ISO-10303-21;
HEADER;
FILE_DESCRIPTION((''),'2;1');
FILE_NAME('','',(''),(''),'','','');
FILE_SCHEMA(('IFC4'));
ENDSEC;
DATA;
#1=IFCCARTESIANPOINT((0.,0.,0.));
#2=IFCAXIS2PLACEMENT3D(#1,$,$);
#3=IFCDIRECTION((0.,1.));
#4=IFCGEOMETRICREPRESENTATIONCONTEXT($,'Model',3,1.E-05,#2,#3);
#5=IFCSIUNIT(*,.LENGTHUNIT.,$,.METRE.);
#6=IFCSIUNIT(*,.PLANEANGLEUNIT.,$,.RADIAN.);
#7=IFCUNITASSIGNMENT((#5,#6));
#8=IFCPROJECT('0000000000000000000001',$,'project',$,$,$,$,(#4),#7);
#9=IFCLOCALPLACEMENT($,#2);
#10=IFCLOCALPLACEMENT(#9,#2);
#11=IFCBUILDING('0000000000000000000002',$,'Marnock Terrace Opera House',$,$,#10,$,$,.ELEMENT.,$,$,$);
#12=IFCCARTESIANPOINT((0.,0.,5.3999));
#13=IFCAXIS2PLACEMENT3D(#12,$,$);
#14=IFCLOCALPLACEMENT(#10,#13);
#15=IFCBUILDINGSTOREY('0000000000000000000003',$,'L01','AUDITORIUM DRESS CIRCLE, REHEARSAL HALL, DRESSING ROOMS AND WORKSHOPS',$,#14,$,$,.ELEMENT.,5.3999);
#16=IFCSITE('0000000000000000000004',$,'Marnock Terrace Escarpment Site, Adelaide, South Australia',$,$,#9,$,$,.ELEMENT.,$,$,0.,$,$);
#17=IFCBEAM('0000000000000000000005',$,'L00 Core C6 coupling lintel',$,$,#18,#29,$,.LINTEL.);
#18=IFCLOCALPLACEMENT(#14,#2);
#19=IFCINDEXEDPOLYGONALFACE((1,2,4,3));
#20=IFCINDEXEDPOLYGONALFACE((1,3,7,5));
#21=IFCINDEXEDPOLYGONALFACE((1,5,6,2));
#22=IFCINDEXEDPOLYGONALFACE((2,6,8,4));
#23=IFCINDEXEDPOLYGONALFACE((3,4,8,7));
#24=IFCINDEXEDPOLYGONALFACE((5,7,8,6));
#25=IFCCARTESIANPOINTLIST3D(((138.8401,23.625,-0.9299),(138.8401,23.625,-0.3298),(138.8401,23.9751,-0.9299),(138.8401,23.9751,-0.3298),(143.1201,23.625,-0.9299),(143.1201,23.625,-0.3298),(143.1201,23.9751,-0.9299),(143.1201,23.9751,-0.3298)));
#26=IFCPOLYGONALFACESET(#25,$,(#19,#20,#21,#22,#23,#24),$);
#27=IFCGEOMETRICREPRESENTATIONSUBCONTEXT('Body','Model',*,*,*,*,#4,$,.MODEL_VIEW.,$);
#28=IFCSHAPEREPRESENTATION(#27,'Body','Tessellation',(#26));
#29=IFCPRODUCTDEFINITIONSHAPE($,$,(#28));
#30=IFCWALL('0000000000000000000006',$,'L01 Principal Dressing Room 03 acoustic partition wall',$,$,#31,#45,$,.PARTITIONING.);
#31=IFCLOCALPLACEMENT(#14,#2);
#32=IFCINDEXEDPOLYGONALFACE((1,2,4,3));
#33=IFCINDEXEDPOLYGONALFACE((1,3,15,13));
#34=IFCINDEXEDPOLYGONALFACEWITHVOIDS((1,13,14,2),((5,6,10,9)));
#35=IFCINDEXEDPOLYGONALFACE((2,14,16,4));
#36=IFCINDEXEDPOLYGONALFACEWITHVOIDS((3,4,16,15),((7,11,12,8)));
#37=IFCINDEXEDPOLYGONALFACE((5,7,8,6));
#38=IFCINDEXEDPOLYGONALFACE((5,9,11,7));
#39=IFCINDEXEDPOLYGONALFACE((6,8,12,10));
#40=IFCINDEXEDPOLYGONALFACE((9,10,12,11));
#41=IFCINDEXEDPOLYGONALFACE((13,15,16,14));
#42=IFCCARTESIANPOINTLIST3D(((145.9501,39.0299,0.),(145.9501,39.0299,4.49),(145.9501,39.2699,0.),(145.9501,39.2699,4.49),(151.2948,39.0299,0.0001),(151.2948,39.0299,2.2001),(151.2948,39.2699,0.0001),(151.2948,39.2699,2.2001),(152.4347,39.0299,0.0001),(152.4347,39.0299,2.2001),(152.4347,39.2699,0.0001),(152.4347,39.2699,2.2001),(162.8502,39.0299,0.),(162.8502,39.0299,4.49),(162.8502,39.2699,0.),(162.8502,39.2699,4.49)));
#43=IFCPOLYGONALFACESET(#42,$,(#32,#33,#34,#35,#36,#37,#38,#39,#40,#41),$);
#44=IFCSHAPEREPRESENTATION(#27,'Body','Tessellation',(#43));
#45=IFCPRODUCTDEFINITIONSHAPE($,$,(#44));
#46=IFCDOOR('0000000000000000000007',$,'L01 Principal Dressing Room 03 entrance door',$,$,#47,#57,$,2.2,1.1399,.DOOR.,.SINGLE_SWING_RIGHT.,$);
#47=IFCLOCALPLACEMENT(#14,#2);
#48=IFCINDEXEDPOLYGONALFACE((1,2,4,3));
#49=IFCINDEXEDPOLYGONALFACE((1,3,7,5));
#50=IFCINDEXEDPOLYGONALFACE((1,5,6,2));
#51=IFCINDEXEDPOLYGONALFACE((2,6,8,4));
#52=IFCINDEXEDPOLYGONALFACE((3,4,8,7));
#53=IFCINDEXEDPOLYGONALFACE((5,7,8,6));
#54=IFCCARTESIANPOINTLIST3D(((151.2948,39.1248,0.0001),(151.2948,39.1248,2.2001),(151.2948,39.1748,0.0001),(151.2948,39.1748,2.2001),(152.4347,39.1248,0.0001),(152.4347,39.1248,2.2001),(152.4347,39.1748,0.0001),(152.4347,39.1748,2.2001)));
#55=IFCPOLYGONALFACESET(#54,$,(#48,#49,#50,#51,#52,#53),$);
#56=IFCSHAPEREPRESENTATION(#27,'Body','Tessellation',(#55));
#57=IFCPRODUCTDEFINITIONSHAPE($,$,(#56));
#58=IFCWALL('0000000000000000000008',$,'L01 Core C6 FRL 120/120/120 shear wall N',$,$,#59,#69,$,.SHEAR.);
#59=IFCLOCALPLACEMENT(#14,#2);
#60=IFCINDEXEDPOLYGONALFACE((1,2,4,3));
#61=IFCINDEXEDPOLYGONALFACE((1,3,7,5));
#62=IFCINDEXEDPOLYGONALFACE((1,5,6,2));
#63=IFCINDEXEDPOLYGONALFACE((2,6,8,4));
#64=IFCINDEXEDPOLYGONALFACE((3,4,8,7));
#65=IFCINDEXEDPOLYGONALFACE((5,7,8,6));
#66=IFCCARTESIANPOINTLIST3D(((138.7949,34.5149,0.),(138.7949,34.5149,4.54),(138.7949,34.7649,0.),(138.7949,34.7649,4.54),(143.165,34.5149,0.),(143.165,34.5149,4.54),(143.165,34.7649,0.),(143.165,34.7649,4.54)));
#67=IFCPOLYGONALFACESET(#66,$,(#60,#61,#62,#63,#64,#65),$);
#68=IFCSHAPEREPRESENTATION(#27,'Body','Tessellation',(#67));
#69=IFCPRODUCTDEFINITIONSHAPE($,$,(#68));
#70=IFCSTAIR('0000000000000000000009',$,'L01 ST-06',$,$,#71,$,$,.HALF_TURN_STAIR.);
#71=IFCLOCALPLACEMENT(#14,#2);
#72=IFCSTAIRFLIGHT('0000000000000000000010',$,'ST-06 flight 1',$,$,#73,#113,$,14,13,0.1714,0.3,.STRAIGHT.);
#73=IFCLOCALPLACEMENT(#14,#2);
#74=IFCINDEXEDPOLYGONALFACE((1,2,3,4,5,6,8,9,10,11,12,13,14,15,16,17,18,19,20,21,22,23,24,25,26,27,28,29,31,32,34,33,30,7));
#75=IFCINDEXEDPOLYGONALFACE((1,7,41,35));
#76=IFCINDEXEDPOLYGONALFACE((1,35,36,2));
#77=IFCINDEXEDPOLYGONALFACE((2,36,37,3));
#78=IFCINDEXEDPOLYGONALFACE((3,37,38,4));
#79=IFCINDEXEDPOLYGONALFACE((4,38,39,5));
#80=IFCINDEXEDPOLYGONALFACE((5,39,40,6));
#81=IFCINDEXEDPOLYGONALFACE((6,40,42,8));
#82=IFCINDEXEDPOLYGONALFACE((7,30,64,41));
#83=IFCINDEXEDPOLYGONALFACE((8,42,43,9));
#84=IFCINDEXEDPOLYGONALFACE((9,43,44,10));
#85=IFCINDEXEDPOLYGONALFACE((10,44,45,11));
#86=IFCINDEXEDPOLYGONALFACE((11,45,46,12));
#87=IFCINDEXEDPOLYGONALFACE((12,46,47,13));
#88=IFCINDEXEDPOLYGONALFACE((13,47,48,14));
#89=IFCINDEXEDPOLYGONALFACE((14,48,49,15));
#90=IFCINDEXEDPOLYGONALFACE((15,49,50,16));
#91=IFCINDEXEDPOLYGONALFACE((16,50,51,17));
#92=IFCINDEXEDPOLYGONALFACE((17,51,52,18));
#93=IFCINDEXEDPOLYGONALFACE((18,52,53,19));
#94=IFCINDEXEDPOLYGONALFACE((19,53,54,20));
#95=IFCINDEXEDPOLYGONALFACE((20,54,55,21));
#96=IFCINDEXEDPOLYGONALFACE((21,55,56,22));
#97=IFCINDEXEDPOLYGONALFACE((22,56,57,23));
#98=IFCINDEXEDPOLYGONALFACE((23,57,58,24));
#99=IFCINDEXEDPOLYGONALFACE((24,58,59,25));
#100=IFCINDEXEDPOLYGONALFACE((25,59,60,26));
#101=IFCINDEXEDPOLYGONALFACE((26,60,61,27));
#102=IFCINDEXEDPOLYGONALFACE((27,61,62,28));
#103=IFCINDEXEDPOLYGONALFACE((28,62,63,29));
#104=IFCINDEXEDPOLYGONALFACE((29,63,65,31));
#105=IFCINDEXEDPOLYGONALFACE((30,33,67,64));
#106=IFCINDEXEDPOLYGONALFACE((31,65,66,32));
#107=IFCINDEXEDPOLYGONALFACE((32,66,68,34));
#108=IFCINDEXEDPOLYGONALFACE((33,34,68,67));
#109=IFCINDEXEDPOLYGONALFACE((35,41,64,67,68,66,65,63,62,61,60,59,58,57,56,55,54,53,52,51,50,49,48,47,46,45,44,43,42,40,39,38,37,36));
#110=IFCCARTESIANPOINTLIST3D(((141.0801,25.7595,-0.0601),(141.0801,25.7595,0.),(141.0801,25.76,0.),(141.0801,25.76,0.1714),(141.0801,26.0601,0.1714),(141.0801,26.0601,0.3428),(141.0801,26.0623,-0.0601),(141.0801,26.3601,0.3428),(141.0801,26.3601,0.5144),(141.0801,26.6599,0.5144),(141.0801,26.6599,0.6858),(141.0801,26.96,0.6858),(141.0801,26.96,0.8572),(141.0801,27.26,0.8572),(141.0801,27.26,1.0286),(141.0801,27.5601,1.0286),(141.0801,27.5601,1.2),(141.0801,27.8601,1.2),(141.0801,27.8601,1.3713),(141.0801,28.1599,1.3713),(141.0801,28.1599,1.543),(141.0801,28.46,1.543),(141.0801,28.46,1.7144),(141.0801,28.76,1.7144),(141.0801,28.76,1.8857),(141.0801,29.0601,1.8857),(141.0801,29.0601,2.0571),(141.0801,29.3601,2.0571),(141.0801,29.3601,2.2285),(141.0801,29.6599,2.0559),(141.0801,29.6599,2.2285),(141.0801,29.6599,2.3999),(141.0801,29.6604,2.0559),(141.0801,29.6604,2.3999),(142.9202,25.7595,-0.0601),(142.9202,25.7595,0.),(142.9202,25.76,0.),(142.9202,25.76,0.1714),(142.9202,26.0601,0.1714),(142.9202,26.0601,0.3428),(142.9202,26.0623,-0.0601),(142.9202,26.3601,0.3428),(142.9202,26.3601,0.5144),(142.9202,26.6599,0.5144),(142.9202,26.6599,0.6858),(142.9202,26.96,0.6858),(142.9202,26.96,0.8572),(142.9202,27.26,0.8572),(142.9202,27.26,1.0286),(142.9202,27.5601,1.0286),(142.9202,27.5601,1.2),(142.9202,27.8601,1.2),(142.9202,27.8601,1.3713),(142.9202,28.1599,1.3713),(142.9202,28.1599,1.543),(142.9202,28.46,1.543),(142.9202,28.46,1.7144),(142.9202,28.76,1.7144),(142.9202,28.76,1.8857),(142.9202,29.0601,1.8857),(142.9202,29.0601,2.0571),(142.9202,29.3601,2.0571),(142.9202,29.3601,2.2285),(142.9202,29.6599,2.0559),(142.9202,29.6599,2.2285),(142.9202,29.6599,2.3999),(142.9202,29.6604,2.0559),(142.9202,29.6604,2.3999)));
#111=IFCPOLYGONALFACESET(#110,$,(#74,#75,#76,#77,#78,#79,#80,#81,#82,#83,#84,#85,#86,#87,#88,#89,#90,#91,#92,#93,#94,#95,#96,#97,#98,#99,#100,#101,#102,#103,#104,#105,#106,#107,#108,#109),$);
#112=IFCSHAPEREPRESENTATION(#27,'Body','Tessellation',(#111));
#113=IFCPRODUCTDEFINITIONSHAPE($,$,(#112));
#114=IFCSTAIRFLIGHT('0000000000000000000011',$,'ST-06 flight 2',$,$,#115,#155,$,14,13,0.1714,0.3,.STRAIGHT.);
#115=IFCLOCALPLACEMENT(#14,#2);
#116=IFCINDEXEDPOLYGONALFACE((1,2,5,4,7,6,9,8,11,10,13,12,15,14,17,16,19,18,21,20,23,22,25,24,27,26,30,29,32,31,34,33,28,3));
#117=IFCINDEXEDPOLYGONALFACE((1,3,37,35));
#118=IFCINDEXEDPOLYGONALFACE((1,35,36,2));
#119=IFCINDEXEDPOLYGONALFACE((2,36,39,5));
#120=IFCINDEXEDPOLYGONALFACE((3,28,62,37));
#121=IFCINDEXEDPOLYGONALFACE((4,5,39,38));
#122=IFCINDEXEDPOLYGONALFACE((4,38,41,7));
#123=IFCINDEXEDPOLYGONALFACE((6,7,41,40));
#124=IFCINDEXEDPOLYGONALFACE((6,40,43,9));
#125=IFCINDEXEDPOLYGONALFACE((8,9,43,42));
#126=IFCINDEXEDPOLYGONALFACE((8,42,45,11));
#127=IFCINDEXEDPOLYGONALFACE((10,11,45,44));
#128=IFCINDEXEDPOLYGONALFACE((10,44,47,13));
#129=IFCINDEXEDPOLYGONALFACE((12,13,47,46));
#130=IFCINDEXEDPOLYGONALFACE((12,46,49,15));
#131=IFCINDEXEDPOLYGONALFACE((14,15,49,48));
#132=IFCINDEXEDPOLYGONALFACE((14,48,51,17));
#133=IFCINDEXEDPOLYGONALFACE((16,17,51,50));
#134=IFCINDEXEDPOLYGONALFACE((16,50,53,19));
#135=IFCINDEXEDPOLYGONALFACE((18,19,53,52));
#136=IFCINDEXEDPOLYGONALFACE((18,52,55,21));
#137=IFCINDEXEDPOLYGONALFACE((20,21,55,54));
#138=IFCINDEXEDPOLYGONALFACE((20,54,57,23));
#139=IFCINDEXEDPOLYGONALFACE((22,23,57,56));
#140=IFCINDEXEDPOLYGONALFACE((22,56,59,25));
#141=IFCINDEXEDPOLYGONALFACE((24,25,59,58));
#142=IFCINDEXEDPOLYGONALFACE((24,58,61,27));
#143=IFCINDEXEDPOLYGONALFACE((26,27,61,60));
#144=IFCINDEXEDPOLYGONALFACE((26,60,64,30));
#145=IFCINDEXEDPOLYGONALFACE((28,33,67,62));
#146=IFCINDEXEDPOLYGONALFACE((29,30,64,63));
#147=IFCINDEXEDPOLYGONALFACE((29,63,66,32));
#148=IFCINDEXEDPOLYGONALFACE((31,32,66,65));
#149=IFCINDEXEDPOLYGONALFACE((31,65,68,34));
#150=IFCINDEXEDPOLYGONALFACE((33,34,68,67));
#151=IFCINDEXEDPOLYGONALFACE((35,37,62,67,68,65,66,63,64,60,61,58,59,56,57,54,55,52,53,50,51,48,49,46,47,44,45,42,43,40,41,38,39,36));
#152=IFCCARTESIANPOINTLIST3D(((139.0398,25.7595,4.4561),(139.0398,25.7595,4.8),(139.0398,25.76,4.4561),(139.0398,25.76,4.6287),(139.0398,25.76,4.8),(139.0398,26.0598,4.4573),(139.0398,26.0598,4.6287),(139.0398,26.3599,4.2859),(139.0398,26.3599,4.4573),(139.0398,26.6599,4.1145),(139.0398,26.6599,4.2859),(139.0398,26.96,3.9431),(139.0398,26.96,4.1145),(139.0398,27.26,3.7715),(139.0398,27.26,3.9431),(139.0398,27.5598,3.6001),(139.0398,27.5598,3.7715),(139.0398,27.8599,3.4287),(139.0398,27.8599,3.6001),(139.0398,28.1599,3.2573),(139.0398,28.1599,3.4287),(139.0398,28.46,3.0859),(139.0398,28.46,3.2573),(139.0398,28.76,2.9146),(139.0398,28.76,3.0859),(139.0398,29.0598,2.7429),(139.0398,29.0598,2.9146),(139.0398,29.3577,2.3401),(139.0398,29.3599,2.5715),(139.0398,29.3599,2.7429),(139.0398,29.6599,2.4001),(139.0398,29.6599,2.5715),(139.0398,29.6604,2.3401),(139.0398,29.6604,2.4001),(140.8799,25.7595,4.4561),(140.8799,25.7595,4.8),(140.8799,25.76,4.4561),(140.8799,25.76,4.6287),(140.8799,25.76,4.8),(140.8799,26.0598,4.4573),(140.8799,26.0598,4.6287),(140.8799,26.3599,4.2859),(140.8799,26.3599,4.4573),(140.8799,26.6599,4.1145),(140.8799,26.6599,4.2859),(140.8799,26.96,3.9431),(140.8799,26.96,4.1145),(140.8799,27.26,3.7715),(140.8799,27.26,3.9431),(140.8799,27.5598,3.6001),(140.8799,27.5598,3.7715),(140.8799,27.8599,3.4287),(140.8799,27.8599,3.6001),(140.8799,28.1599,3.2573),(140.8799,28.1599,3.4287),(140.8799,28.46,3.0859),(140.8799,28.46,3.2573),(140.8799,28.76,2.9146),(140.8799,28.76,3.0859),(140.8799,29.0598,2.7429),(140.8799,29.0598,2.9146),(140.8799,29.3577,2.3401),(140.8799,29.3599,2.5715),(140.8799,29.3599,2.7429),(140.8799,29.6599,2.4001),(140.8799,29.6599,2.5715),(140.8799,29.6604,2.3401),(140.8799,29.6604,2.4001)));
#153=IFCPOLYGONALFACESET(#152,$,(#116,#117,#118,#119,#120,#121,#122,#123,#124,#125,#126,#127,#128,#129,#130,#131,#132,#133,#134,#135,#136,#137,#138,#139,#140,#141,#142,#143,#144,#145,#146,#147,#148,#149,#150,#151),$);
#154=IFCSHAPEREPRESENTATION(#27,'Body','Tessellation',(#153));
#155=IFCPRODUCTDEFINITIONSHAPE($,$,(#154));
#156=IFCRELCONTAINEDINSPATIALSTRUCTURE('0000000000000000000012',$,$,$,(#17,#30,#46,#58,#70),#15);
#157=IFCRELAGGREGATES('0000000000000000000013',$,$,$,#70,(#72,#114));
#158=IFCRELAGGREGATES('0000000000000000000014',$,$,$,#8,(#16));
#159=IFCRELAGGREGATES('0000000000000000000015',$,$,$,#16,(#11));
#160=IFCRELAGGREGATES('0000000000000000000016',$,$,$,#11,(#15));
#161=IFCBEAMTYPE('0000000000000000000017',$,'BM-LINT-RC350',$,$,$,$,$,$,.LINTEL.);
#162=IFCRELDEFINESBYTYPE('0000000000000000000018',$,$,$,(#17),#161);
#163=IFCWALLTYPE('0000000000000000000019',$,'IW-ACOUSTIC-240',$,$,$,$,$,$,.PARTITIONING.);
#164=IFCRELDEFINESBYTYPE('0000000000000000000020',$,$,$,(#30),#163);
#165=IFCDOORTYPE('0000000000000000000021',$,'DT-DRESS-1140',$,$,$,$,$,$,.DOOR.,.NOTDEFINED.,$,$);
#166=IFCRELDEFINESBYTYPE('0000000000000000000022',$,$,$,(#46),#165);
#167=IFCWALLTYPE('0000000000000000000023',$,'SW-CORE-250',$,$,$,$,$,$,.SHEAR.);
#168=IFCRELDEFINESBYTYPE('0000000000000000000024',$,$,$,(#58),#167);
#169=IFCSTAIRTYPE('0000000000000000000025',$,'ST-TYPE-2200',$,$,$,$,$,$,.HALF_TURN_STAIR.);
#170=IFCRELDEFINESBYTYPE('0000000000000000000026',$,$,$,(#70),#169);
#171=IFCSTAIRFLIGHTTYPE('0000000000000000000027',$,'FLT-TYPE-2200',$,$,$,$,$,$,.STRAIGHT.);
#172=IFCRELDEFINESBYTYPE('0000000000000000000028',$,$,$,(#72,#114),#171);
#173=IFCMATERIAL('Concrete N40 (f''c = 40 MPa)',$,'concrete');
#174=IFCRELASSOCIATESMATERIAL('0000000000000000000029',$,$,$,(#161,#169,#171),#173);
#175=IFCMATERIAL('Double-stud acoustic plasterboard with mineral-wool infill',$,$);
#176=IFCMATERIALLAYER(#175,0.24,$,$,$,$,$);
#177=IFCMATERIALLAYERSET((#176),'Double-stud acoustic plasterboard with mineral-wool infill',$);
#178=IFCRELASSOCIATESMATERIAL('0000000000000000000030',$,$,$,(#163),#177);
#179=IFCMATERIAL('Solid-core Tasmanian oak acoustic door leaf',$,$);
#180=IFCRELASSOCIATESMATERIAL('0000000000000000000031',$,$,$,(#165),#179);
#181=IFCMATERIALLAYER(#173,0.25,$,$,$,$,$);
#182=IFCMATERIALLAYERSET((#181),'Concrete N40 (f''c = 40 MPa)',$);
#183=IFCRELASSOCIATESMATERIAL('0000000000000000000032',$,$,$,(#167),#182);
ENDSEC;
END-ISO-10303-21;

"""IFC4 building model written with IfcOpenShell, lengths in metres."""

from ifc_helpers import new_model, si_unit, direction, frame, frame_2d, origin, origin_2d, place, context, subcontext, project, spatial, polyline, rectangle, outline, extrude, material, layer, layer_set, material_profile, profile_set, type_object, element, fill, aggregate, save


model = new_model("IFC4")

# Units and contexts
model_context = context("Model", 3, precision=1e-05, world=origin(), true_north=direction((0.0, 1.0)))
body_context = subcontext(model_context, "Body", "Model", "MODEL_VIEW")
ifc_project = project(units=[si_unit("LENGTHUNIT", "METRE"), si_unit("PLANEANGLEUNIT", "RADIAN")], contexts=[model_context])

# Site, building, storey
site_placement = place(None, origin())
site = spatial("IfcSite", under=ifc_project, at=site_placement, Name="Marnock Terrace Escarpment Site, Adelaide, South Australia", CompositionType="ELEMENT", RefElevation=0.0)
building_placement = place(site_placement, origin())
building = spatial("IfcBuilding", under=site, at=building_placement, Name="Marnock Terrace Opera House", CompositionType="ELEMENT")
storey_placement = place(building_placement, frame((0.0, 0.0, 5.3999)))
storey = spatial("IfcBuildingStorey", under=building, at=storey_placement, Name="L01", Description="AUDITORIUM DRESS CIRCLE, REHEARSAL HALL, DRESSING ROOMS AND WORKSHOPS", CompositionType="ELEMENT", Elevation=5.3999)

# Shared definitions
ifc_material_1 = material(Name="Concrete N40 (f'c = 40 MPa)", Category="concrete")

# Beam
ifc_material_profile_1 = material_profile(ifc_material_1, rectangle(XDim=0.3501, YDim=0.6001, at=origin_2d()))
ifc_profile_set_1 = profile_set([ifc_material_profile_1], Name="Concrete N40 (f'c = 40 MPa)")
beam_type_1 = type_object("IfcBeamType", Name="BM-LINT-RC350", PredefinedType="LINTEL", material=ifc_profile_set_1)
beam_1_placement = place(storey_placement, frame((138.8401, 23.8, -0.6299), z_axis=(1.0, 0.0, 0.0), x_axis=(0.0, 1.0, 0.0)))
element("IfcBeam", 1, at=beam_1_placement, inside=storey, type_object=beam_type_1, Name="L00 Core C6 coupling lintel", PredefinedType="LINTEL", context=body_context, shape_type="SweptSolid", body=[
    extrude(rectangle(XDim=0.3501, YDim=0.6001, at=origin_2d()), origin(), (0.0, 0.0, 1.0), 4.28),
])

# Wall, opening, door
ifc_material_2 = material(Name="Double-stud acoustic plasterboard with mineral-wool infill")
ifc_layer_1 = layer(ifc_material_2, 0.24)
ifc_layer_set_1 = layer_set([ifc_layer_1], Name="Double-stud acoustic plasterboard with mineral-wool infill")
wall_type_1 = type_object("IfcWallType", Name="IW-ACOUSTIC-240", PredefinedType="PARTITIONING", material=ifc_layer_set_1)
wall_1_placement = place(storey_placement, frame((145.95, 39.1499, 0.0), z_axis=(0.0, 0.0, 1.0), x_axis=(1.0, 0.0, 0.0)))
wall_1 = element("IfcWall", 2, at=wall_1_placement, inside=storey, type_object=wall_type_1, Name="L01 Principal Dressing Room 03 acoustic partition wall", PredefinedType="PARTITIONING", context=body_context, shape_type="SweptSolid", body=[
    extrude(rectangle(XDim=16.9001, YDim=0.24, at=frame_2d((8.4502, 0.0))), origin(), (0.0, 0.0, 1.0), 4.49),
])
opening_placement = place(wall_1_placement, frame((5.345, 0.0, 0.0)))
opening = element("IfcOpeningElement", 3, at=opening_placement, cuts=wall_1, PredefinedType="OPENING", context=body_context, shape_type="SweptSolid", body=[
    extrude(rectangle(XDim=1.1399, YDim=2.2, at=frame_2d((0.5698, 1.1001))), frame((0.0, 0.1299, 0.0), z_axis=(0.0, -1.0, 0.0), x_axis=(1.0, 0.0, 0.0)), (0.0, 0.0, 1.0), 0.26),
])
ifc_material_3 = material(Name="Solid-core Tasmanian oak acoustic door leaf")
door_type = type_object("IfcDoorType", Name="DT-DRESS-1140", OperationType="NOTDEFINED", PredefinedType="DOOR", material=ifc_material_3)
door_placement = place(opening_placement, origin())
door = element("IfcDoor", 4, at=door_placement, inside=storey, type_object=door_type, Name="L01 Principal Dressing Room 03 entrance door", OperationType="SINGLE_SWING_RIGHT", OverallHeight=2.2, OverallWidth=1.1399, PredefinedType="DOOR", context=body_context, shape_type="SweptSolid", body=[
    extrude(rectangle(XDim=1.1399, YDim=2.2, at=frame_2d((0.5698, 1.1001))), frame((0.0, 0.0249, 0.0), z_axis=(0.0, -1.0, 0.0), x_axis=(1.0, 0.0, 0.0)), (0.0, 0.0, 1.0), 0.05),
])
fill(opening, door)

# Wall
ifc_layer_2 = layer(ifc_material_1, 0.25)
ifc_layer_set_2 = layer_set([ifc_layer_2], Name="Concrete N40 (f'c = 40 MPa)")
wall_type_2 = type_object("IfcWallType", Name="SW-CORE-250", PredefinedType="SHEAR", material=ifc_layer_set_2)
wall_2_placement = place(storey_placement, frame((138.7949, 34.6399, 0.0), z_axis=(0.0, 0.0, 1.0), x_axis=(1.0, 0.0, 0.0)))
element("IfcWall", 5, at=wall_2_placement, inside=storey, type_object=wall_type_2, Name="L01 Core C6 FRL 120/120/120 shear wall N", PredefinedType="SHEAR", context=body_context, shape_type="SweptSolid", body=[
    extrude(rectangle(XDim=4.3701, YDim=0.25, at=frame_2d((2.1851, 0.0))), origin(), (0.0, 0.0, 1.0), 4.54),
])

# Stair, stair flights
stair_type = type_object("IfcStairType", Name="ST-TYPE-2200", PredefinedType="HALF_TURN_STAIR", material=ifc_material_1)
stair_placement = place(storey_placement, origin())
stair = element("IfcStair", 6, at=stair_placement, inside=storey, type_object=stair_type, Name="L01 ST-06", PredefinedType="HALF_TURN_STAIR")
stair_flight_type = type_object("IfcStairFlightType", Name="FLT-TYPE-2200", PredefinedType="STRAIGHT", material=ifc_material_1)
stair_flight_1_placement = place(storey_placement, frame((142.0, 25.76, 0.0), z_axis=(0.0, 0.0, 1.0), x_axis=(0.0, 1.0, 0.0)))
stair_flight_1 = element("IfcStairFlight", 7, at=stair_flight_1_placement, type_object=stair_flight_type, Name="ST-06 flight 1", NumberOfRisers=14, NumberOfTreads=13, PredefinedType="STRAIGHT", RiserHeight=0.1714, TreadLength=0.3, context=body_context, shape_type="SweptSolid", body=[
    extrude(outline(polyline([(-0.0005, -0.0601), (-0.0005, 0.0), (0.0, 0.0), (0.0, 0.1714), (0.3, 0.1714), (0.3, 0.3428), (0.6001, 0.3428), (0.6001, 0.5144), (0.8999, 0.5144), (0.8999, 0.6858), (1.2, 0.6858), (1.2, 0.8572), (1.5, 0.8572), (1.5, 1.0286), (1.8, 1.0286), (1.8, 1.2), (2.1001, 1.2), (2.1001, 1.3713), (2.3999, 1.3713), (2.3999, 1.543), (2.7, 1.543), (2.7, 1.7144), (3.0, 1.7144), (3.0, 1.8857), (3.3, 1.8857), (3.3, 2.0571), (3.6001, 2.0571), (3.6001, 2.2285), (3.8999, 2.2285), (3.8999, 2.3999), (3.9004, 2.3999), (3.9004, 2.0559), (3.8999, 2.0559), (0.3022, -0.0601), (-0.0005, -0.0601)])), frame((0.0, 0.9199, 0.0), z_axis=(0.0, -1.0, 0.0), x_axis=(1.0, 0.0, 0.0)), (0.0, 0.0, 1.0), 1.8401),
])
stair_flight_2_placement = place(storey_placement, frame((139.96, 29.6599, 2.4001), z_axis=(0.0, 0.0, 1.0), x_axis=(0.0, -1.0, 0.0)))
stair_flight_2 = element("IfcStairFlight", 8, at=stair_flight_2_placement, type_object=stair_flight_type, Name="ST-06 flight 2", NumberOfRisers=14, NumberOfTreads=13, PredefinedType="STRAIGHT", RiserHeight=0.1714, TreadLength=0.3, context=body_context, shape_type="SweptSolid", body=[
    extrude(outline(polyline([(-0.0005, -0.0601), (-0.0005, 0.0), (0.0, 0.0), (0.0, 0.1714), (0.3, 0.1714), (0.3, 0.3428), (0.6001, 0.3428), (0.6001, 0.5144), (0.8999, 0.5144), (0.8999, 0.6858), (1.2, 0.6858), (1.2, 0.8572), (1.5, 0.8572), (1.5, 1.0286), (1.8, 1.0286), (1.8, 1.2), (2.1001, 1.2), (2.1001, 1.3713), (2.3999, 1.3713), (2.3999, 1.543), (2.7, 1.543), (2.7, 1.7144), (3.0, 1.7144), (3.0, 1.8857), (3.3, 1.8857), (3.3, 2.0571), (3.6001, 2.0571), (3.6001, 2.2285), (3.8999, 2.2285), (3.8999, 2.3999), (3.9004, 2.3999), (3.9004, 2.0559), (3.8999, 2.0559), (0.3022, -0.0601), (-0.0005, -0.0601)])), frame((0.0, 0.9199, 0.0), z_axis=(0.0, -1.0, 0.0), x_axis=(1.0, 0.0, 0.0)), (0.0, 0.0, 1.0), 1.8401),
])
aggregate(stair, [stair_flight_1, stair_flight_2])

save(model, "model.ifc")
